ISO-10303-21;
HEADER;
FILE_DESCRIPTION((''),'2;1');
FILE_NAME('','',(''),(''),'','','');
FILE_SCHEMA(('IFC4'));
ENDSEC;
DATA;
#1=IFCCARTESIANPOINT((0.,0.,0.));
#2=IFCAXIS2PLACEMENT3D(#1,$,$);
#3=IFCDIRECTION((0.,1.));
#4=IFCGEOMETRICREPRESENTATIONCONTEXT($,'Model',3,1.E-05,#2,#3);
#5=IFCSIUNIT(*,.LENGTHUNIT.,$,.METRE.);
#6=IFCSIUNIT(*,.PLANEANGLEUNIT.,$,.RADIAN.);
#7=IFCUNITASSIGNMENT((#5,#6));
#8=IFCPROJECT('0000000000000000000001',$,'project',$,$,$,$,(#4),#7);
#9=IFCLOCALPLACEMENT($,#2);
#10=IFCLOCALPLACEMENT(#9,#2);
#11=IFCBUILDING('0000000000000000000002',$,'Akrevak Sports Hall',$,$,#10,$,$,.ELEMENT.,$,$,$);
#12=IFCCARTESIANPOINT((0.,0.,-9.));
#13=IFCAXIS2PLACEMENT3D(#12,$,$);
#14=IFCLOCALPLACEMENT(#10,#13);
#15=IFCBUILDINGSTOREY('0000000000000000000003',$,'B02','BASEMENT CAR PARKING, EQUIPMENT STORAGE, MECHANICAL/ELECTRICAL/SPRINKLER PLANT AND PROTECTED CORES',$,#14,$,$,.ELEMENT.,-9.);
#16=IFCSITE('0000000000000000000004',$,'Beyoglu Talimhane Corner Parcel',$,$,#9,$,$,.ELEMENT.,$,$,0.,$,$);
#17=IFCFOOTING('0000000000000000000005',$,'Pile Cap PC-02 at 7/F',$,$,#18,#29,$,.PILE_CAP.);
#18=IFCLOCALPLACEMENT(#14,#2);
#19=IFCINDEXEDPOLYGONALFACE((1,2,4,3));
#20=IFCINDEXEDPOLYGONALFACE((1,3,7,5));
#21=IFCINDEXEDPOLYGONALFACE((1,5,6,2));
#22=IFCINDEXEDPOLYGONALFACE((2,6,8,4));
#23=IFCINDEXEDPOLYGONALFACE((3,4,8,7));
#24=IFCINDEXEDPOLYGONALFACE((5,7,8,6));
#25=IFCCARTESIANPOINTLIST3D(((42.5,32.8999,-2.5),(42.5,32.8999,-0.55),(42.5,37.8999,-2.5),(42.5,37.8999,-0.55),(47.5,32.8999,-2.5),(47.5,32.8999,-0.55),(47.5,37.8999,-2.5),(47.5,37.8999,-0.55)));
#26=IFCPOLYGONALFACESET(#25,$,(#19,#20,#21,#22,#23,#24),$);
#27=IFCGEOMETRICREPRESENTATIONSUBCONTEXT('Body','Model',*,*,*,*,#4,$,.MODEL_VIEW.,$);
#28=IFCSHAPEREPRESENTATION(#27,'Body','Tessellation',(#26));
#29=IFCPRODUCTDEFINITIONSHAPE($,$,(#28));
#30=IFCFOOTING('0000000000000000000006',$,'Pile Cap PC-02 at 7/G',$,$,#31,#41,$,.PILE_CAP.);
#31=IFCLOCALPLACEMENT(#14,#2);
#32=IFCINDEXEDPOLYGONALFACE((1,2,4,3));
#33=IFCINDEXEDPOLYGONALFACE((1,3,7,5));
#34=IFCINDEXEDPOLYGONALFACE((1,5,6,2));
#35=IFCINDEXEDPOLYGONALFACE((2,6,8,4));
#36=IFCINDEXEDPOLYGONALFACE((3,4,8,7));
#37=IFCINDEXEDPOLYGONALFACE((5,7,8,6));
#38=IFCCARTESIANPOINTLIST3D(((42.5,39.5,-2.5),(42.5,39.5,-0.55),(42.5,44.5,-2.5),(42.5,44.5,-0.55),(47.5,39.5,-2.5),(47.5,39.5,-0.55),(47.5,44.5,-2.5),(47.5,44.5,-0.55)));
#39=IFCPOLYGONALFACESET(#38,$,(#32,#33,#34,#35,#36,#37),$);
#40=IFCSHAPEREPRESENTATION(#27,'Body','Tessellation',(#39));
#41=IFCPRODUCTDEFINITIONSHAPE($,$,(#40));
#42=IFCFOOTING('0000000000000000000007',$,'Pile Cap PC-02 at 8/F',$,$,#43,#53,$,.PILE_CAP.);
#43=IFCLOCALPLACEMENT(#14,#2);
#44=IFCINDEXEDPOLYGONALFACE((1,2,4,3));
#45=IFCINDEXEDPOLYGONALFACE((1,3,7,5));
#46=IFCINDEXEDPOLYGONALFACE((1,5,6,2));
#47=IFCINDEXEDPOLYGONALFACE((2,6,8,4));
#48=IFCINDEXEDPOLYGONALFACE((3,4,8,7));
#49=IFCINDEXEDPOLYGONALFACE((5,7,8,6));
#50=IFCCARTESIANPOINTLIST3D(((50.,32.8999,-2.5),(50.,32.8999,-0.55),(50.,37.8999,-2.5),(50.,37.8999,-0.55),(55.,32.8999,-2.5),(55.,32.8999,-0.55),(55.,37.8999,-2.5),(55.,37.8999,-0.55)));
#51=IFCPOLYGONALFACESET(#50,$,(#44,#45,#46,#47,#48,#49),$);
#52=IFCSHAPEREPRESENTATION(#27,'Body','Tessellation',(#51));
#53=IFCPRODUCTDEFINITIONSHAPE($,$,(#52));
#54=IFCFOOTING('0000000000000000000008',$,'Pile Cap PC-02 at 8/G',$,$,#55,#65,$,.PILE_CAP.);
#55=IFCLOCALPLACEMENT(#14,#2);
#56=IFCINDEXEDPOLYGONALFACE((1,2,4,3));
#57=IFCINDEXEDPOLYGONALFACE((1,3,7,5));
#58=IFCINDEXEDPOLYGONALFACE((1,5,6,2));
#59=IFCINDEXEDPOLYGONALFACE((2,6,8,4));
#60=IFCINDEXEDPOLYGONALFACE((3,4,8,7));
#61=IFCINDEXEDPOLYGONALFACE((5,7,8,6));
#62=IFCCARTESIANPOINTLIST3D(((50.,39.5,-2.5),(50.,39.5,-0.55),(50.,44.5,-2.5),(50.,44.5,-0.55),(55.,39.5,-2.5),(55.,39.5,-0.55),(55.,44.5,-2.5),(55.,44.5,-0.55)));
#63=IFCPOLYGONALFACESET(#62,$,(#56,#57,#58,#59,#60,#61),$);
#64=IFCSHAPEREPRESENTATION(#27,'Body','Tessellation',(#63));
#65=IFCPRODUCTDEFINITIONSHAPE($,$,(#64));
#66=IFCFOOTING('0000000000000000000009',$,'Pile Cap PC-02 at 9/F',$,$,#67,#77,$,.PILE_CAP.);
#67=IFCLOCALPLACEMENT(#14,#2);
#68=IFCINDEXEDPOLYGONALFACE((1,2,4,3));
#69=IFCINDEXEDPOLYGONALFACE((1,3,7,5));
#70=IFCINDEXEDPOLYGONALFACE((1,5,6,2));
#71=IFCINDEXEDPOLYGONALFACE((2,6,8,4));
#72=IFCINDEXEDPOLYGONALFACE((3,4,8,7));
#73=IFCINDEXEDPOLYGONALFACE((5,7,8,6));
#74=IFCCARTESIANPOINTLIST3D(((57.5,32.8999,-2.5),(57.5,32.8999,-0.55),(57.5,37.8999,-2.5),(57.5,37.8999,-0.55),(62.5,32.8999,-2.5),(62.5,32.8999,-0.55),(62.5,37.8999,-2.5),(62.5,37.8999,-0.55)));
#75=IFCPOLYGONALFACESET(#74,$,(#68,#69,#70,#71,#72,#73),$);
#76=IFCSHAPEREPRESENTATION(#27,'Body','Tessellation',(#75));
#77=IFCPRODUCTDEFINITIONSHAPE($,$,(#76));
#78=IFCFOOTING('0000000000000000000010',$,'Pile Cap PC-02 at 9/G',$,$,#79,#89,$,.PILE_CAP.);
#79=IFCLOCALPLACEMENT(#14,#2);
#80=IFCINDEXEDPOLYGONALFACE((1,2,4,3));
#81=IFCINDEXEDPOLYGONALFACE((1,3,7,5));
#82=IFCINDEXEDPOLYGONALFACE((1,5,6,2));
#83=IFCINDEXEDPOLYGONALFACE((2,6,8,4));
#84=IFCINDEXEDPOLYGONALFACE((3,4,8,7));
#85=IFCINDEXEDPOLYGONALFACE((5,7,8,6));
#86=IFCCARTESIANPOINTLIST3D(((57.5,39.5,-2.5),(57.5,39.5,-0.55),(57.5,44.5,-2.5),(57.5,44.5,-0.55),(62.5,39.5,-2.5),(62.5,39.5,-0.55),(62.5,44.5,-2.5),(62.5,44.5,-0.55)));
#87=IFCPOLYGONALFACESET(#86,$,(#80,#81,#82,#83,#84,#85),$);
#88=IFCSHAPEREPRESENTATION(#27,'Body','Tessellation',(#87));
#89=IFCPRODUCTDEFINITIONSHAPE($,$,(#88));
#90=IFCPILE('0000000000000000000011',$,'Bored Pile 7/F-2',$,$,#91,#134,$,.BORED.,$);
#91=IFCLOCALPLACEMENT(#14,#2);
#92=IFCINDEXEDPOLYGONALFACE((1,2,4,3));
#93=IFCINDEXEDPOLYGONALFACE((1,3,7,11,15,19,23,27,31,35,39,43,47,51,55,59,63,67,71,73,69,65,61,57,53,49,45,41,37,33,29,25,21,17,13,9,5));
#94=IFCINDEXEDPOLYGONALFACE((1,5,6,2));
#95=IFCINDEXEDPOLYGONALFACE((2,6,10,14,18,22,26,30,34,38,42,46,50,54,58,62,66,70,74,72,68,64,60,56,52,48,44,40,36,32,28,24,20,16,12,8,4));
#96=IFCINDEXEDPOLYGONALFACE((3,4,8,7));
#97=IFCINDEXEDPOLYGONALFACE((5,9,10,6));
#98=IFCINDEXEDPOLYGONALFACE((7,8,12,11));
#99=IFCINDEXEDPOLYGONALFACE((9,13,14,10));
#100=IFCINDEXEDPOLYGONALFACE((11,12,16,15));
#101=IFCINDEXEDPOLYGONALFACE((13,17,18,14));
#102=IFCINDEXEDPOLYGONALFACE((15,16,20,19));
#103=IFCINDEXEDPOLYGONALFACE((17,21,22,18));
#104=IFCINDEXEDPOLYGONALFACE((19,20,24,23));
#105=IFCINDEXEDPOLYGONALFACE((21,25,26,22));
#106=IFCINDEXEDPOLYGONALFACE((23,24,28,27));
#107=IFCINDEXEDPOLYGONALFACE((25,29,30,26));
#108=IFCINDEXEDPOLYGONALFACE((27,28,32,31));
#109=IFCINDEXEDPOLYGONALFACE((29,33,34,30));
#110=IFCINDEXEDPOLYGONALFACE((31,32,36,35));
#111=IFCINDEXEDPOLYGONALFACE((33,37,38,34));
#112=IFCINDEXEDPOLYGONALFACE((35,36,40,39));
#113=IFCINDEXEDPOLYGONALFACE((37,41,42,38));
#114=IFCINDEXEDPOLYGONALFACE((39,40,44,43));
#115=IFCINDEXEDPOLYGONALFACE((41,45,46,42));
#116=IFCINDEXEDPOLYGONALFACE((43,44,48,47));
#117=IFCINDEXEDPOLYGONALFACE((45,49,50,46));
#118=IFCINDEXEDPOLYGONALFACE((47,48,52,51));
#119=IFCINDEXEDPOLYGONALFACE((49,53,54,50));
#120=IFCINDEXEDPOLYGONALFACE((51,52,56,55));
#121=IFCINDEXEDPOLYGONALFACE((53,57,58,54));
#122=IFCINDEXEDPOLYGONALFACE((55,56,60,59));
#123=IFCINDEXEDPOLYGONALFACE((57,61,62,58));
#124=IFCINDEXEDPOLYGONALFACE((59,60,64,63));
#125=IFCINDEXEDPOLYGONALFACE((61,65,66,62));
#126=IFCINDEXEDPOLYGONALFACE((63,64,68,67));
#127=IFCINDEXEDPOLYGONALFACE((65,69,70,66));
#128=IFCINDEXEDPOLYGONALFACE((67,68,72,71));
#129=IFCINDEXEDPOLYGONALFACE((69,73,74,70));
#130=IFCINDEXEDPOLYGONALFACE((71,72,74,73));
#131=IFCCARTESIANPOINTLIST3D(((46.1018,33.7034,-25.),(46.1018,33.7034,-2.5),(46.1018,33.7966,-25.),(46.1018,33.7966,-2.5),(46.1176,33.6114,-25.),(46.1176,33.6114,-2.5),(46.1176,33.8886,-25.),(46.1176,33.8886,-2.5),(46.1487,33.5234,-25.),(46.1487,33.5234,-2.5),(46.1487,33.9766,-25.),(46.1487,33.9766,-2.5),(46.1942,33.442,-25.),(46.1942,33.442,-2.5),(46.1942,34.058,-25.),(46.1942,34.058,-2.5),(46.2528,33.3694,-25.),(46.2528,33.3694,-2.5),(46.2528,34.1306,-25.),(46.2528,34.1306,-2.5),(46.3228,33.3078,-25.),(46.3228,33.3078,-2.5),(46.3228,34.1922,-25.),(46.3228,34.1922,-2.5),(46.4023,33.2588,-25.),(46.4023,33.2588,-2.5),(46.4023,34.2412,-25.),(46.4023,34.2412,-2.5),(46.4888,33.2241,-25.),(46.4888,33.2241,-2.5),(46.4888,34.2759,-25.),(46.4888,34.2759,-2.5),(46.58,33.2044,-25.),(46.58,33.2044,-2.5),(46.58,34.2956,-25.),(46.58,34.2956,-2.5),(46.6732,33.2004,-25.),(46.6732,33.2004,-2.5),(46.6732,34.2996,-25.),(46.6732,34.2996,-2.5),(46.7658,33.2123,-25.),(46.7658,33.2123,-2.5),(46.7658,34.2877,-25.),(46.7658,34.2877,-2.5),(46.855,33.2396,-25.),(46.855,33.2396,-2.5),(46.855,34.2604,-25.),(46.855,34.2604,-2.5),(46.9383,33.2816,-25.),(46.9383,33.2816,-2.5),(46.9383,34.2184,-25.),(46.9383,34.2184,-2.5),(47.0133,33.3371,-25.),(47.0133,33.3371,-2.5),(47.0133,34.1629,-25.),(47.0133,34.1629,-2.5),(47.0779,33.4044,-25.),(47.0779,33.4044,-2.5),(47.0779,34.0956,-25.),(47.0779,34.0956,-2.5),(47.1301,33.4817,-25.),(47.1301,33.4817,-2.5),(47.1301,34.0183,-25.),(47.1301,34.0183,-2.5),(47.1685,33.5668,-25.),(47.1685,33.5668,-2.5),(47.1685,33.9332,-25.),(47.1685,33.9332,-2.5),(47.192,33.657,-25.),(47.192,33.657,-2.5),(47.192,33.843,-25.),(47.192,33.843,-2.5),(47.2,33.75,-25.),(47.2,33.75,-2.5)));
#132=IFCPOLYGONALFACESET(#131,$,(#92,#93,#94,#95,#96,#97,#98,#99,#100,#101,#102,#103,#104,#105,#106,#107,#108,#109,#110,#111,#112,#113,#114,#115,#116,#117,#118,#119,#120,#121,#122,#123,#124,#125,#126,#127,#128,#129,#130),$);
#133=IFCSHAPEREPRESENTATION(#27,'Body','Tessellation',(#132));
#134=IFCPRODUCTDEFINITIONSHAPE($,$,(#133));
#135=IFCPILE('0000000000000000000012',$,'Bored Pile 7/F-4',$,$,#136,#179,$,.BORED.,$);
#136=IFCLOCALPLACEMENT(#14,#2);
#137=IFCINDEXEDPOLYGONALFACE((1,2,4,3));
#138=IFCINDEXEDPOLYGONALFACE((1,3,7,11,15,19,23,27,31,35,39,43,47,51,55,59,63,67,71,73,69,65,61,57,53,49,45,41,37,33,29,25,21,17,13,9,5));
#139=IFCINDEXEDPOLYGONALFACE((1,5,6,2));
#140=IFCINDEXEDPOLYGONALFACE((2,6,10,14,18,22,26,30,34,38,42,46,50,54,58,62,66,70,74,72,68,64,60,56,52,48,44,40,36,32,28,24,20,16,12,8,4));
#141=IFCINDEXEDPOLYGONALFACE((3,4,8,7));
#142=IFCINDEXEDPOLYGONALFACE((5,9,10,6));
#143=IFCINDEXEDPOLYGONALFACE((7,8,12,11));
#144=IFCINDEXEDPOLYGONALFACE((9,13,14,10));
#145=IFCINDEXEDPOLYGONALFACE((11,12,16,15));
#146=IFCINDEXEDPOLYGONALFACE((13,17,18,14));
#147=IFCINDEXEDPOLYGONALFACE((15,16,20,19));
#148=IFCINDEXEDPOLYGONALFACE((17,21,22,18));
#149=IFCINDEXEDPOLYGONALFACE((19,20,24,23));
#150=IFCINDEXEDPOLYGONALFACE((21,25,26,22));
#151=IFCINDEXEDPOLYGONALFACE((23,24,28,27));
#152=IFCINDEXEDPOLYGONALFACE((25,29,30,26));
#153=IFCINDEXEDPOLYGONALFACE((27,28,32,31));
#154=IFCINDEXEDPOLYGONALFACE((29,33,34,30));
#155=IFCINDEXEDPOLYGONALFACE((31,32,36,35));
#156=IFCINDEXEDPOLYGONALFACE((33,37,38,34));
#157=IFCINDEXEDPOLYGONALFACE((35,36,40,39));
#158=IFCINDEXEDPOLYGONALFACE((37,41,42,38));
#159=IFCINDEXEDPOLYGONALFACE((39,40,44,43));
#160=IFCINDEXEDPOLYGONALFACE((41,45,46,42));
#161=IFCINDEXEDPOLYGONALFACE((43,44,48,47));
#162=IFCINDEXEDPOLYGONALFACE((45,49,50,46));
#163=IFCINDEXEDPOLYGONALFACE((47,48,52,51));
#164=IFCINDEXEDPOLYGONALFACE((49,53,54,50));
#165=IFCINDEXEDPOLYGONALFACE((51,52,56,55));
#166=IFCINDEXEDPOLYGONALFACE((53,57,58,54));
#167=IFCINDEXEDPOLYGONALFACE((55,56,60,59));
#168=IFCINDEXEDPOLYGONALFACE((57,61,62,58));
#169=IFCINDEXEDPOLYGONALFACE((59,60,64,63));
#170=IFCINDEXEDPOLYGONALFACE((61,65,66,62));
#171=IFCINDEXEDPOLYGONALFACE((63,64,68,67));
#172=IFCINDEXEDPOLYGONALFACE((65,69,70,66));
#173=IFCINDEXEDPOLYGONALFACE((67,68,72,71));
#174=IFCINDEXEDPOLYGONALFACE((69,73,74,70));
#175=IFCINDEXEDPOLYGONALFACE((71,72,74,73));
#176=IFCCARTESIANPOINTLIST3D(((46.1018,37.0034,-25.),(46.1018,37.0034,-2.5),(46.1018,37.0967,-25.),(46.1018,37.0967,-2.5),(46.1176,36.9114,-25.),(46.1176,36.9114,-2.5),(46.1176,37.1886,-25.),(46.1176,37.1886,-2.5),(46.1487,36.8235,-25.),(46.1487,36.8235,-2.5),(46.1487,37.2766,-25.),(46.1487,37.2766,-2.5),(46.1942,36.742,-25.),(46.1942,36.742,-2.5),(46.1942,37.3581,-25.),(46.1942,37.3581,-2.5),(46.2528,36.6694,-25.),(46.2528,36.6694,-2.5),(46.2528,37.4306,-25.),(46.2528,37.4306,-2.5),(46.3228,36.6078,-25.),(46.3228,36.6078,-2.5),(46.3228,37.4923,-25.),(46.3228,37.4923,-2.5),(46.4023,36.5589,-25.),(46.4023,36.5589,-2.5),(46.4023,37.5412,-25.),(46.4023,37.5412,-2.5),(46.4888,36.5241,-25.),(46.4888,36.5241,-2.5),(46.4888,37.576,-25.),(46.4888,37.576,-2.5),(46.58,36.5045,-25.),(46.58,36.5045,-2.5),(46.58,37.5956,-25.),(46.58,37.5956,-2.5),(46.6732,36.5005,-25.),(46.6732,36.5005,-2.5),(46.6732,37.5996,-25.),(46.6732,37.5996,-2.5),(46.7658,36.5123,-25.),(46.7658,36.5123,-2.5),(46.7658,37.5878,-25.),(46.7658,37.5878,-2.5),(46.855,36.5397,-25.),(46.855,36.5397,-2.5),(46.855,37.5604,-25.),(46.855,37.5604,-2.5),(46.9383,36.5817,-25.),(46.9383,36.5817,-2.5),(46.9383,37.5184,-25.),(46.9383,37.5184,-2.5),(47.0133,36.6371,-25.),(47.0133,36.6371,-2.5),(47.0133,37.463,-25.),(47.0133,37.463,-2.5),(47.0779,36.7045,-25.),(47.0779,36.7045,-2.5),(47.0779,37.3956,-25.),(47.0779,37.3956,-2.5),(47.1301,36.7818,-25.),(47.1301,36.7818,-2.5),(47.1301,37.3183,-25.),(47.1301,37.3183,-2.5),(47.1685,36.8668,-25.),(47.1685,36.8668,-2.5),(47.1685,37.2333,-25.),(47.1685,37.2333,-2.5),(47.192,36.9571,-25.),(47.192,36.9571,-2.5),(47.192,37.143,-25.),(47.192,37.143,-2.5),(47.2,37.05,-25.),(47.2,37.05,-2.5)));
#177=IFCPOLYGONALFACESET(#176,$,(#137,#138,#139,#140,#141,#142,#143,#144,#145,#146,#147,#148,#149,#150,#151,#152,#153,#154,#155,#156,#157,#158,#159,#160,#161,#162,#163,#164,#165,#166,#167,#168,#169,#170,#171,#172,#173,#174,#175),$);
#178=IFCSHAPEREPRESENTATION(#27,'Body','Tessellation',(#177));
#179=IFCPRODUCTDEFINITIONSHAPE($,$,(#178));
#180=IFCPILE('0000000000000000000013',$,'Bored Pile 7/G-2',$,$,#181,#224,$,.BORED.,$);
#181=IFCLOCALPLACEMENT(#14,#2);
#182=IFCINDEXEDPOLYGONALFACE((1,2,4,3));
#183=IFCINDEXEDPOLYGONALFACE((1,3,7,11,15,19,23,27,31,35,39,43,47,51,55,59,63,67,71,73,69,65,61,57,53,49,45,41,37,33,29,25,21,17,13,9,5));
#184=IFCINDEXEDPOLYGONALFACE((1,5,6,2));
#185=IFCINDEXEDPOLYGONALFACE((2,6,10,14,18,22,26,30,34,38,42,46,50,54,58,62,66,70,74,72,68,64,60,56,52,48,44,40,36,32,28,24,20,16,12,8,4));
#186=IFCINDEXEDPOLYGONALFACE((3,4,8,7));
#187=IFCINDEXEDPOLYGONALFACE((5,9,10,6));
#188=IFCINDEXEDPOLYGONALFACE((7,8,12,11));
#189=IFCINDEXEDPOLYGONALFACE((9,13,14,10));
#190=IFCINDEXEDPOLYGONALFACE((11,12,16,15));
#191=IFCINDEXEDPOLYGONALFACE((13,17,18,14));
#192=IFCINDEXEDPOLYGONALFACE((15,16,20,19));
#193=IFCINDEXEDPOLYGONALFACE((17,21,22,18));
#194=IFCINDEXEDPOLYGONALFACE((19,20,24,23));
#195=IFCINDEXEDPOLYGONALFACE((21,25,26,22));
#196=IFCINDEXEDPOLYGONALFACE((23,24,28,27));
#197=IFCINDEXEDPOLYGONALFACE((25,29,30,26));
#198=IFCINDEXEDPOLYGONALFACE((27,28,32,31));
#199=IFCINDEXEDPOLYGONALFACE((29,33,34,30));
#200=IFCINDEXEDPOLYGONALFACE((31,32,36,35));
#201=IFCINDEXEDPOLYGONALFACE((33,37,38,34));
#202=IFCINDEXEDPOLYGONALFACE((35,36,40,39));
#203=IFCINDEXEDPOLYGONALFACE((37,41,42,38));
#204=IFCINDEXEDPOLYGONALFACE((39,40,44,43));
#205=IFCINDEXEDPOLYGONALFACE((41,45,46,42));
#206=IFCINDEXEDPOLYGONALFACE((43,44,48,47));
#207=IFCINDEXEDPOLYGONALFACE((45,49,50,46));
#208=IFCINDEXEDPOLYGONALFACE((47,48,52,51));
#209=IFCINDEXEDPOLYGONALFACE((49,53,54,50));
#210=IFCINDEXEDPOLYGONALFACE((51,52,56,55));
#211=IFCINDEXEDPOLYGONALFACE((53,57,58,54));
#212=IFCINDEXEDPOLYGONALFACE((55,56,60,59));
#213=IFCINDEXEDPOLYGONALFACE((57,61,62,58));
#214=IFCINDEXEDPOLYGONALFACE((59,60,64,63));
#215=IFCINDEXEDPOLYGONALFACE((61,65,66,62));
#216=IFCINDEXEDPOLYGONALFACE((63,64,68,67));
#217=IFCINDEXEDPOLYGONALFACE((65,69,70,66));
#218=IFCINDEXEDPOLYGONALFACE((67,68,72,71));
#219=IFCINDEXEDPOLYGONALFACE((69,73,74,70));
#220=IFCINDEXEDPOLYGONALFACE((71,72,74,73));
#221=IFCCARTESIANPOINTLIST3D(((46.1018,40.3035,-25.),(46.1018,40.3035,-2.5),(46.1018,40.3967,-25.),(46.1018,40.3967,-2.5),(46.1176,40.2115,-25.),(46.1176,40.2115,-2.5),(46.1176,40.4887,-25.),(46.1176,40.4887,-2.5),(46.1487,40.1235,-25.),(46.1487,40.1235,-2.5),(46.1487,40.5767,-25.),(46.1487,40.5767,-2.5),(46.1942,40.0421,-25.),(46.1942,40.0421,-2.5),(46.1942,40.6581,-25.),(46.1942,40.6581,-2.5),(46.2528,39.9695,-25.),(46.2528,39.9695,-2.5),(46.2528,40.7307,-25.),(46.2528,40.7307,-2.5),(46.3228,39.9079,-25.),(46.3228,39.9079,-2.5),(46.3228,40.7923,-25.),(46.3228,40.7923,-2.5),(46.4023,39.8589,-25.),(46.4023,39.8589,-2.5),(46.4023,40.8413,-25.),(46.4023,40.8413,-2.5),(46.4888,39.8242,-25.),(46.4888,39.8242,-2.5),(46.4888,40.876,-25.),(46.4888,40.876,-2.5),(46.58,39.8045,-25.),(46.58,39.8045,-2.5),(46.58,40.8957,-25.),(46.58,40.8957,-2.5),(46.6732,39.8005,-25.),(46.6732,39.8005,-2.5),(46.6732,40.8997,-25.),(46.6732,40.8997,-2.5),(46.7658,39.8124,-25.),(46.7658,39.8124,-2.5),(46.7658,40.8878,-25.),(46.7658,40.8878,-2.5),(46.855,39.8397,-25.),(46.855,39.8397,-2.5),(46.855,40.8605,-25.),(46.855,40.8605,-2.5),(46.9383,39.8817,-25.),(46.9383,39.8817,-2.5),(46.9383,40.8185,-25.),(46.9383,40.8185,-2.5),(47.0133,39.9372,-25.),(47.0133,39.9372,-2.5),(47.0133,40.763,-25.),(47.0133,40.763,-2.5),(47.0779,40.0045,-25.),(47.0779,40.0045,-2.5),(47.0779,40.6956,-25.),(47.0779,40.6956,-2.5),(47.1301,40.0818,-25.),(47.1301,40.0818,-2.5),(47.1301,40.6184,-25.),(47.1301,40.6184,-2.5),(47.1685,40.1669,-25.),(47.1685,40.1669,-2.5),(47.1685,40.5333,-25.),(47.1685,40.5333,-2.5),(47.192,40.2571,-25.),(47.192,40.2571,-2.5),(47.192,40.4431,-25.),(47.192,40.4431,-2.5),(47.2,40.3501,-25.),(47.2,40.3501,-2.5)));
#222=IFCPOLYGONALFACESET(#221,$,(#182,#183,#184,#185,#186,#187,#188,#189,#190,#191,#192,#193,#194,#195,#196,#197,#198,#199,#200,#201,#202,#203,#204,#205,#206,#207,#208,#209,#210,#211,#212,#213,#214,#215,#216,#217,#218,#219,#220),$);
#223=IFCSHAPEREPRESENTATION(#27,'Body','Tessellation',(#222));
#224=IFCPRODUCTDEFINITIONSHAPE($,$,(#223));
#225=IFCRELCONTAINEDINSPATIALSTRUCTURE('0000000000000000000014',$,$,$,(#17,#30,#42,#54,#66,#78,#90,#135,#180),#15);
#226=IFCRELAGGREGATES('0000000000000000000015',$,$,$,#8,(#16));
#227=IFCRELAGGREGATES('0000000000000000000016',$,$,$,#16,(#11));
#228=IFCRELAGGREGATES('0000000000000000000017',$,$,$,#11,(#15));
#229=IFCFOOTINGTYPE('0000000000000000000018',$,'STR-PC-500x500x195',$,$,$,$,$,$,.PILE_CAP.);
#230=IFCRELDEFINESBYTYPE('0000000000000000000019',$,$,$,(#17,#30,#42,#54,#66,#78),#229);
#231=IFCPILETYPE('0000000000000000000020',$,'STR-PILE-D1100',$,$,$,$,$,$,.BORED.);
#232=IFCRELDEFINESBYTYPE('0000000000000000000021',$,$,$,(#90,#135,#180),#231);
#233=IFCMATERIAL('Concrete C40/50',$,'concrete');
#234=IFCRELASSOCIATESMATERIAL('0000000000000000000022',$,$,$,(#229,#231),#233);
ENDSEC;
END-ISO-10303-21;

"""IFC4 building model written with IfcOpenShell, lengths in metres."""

from ifc_helpers import new_model, si_unit, direction, frame, origin, origin_2d, place, context, subcontext, project, spatial, rectangle, circle, extrude, material, material_profile, profile_set, type_object, element, save


model = new_model("IFC4")

# Units and contexts
model_context = context("Model", 3, precision=1e-05, world=origin(), true_north=direction((0.0, 1.0)))
body_context = subcontext(model_context, "Body", "Model", "MODEL_VIEW")
ifc_project = project(units=[si_unit("LENGTHUNIT", "METRE"), si_unit("PLANEANGLEUNIT", "RADIAN")], contexts=[model_context])

# Site, building, storey
site_placement = place(None, origin())
site = spatial("IfcSite", under=ifc_project, at=site_placement, Name="Beyoglu Talimhane Corner Parcel", CompositionType="ELEMENT", RefElevation=0.0)
building_placement = place(site_placement, origin())
building = spatial("IfcBuilding", under=site, at=building_placement, Name="Akrevak Sports Hall", CompositionType="ELEMENT")
storey_placement = place(building_placement, frame((0.0, 0.0, -9.0)))
storey = spatial("IfcBuildingStorey", under=building, at=storey_placement, Name="B02", Description="BASEMENT CAR PARKING, EQUIPMENT STORAGE, MECHANICAL/ELECTRICAL/SPRINKLER PLANT AND PROTECTED CORES", CompositionType="ELEMENT", Elevation=-9.0)

# Footings
ifc_material_1 = material(Name="Concrete C40/50", Category="concrete")
footing_type = type_object("IfcFootingType", Name="STR-PC-500x500x195", PredefinedType="PILE_CAP", material=ifc_material_1)
for number, where, z_axis, x_axis, name in (
    (1, (45.0, 35.3999, -2.5), (0.0, 0.0, 1.0), (1.0, 0.0, 0.0), "Pile Cap PC-02 at 7/F"),
    (2, (45.0, 42.0, -2.5), (0.0, 0.0, 1.0), (1.0, 0.0, 0.0), "Pile Cap PC-02 at 7/G"),
    (3, (52.5, 35.3999, -2.5), (0.0, 0.0, 1.0), (1.0, 0.0, 0.0), "Pile Cap PC-02 at 8/F"),
    (4, (52.5, 42.0, -2.5), (0.0, 0.0, 1.0), (1.0, 0.0, 0.0), "Pile Cap PC-02 at 8/G"),
    (5, (60.0, 35.3999, -2.5), (0.0, 0.0, 1.0), (1.0, 0.0, 0.0), "Pile Cap PC-02 at 9/F"),
    (6, (60.0, 42.0, -2.5), (0.0, 0.0, 1.0), (1.0, 0.0, 0.0), "Pile Cap PC-02 at 9/G"),
):
    element("IfcFooting", number, at=place(storey_placement, frame(where, z_axis=z_axis, x_axis=x_axis)), inside=storey, type_object=footing_type, Name=name, PredefinedType="PILE_CAP", context=body_context, shape_type="SweptSolid", body=[
        extrude(rectangle(XDim=5.0, YDim=5.0, at=origin_2d()), origin(), (0.0, 0.0, 1.0), 1.95),
    ])

# Piles
ifc_material_profile_1 = material_profile(ifc_material_1, circle(Radius=0.55, at=origin_2d()), Name="BORED PILE D1100", Category="concrete")
ifc_profile_set_1 = profile_set([ifc_material_profile_1], Name="Concrete C40/50")
pile_type = type_object("IfcPileType", Name="STR-PILE-D1100", PredefinedType="BORED", material=ifc_profile_set_1)
for number, where, z_axis, x_axis, name in (
    (7, (46.6499, 33.75, -2.5), (0.0, 0.0, -1.0), (1.0, 0.0, 0.0), "Bored Pile 7/F-2"),
    (8, (46.6499, 37.05, -2.5), (0.0, 0.0, -1.0), (1.0, 0.0, 0.0), "Bored Pile 7/F-4"),
    (9, (46.6499, 40.3501, -2.5), (0.0, 0.0, -1.0), (1.0, 0.0, 0.0), "Bored Pile 7/G-2"),
):
    element("IfcPile", number, at=place(storey_placement, frame(where, z_axis=z_axis, x_axis=x_axis)), inside=storey, type_object=pile_type, Name=name, PredefinedType="BORED", context=body_context, shape_type="SweptSolid", body=[
        extrude(circle(Radius=0.55, at=origin_2d()), origin(), (0.0, 0.0, 1.0), 22.5),
    ])

save(model, "model.ifc")
